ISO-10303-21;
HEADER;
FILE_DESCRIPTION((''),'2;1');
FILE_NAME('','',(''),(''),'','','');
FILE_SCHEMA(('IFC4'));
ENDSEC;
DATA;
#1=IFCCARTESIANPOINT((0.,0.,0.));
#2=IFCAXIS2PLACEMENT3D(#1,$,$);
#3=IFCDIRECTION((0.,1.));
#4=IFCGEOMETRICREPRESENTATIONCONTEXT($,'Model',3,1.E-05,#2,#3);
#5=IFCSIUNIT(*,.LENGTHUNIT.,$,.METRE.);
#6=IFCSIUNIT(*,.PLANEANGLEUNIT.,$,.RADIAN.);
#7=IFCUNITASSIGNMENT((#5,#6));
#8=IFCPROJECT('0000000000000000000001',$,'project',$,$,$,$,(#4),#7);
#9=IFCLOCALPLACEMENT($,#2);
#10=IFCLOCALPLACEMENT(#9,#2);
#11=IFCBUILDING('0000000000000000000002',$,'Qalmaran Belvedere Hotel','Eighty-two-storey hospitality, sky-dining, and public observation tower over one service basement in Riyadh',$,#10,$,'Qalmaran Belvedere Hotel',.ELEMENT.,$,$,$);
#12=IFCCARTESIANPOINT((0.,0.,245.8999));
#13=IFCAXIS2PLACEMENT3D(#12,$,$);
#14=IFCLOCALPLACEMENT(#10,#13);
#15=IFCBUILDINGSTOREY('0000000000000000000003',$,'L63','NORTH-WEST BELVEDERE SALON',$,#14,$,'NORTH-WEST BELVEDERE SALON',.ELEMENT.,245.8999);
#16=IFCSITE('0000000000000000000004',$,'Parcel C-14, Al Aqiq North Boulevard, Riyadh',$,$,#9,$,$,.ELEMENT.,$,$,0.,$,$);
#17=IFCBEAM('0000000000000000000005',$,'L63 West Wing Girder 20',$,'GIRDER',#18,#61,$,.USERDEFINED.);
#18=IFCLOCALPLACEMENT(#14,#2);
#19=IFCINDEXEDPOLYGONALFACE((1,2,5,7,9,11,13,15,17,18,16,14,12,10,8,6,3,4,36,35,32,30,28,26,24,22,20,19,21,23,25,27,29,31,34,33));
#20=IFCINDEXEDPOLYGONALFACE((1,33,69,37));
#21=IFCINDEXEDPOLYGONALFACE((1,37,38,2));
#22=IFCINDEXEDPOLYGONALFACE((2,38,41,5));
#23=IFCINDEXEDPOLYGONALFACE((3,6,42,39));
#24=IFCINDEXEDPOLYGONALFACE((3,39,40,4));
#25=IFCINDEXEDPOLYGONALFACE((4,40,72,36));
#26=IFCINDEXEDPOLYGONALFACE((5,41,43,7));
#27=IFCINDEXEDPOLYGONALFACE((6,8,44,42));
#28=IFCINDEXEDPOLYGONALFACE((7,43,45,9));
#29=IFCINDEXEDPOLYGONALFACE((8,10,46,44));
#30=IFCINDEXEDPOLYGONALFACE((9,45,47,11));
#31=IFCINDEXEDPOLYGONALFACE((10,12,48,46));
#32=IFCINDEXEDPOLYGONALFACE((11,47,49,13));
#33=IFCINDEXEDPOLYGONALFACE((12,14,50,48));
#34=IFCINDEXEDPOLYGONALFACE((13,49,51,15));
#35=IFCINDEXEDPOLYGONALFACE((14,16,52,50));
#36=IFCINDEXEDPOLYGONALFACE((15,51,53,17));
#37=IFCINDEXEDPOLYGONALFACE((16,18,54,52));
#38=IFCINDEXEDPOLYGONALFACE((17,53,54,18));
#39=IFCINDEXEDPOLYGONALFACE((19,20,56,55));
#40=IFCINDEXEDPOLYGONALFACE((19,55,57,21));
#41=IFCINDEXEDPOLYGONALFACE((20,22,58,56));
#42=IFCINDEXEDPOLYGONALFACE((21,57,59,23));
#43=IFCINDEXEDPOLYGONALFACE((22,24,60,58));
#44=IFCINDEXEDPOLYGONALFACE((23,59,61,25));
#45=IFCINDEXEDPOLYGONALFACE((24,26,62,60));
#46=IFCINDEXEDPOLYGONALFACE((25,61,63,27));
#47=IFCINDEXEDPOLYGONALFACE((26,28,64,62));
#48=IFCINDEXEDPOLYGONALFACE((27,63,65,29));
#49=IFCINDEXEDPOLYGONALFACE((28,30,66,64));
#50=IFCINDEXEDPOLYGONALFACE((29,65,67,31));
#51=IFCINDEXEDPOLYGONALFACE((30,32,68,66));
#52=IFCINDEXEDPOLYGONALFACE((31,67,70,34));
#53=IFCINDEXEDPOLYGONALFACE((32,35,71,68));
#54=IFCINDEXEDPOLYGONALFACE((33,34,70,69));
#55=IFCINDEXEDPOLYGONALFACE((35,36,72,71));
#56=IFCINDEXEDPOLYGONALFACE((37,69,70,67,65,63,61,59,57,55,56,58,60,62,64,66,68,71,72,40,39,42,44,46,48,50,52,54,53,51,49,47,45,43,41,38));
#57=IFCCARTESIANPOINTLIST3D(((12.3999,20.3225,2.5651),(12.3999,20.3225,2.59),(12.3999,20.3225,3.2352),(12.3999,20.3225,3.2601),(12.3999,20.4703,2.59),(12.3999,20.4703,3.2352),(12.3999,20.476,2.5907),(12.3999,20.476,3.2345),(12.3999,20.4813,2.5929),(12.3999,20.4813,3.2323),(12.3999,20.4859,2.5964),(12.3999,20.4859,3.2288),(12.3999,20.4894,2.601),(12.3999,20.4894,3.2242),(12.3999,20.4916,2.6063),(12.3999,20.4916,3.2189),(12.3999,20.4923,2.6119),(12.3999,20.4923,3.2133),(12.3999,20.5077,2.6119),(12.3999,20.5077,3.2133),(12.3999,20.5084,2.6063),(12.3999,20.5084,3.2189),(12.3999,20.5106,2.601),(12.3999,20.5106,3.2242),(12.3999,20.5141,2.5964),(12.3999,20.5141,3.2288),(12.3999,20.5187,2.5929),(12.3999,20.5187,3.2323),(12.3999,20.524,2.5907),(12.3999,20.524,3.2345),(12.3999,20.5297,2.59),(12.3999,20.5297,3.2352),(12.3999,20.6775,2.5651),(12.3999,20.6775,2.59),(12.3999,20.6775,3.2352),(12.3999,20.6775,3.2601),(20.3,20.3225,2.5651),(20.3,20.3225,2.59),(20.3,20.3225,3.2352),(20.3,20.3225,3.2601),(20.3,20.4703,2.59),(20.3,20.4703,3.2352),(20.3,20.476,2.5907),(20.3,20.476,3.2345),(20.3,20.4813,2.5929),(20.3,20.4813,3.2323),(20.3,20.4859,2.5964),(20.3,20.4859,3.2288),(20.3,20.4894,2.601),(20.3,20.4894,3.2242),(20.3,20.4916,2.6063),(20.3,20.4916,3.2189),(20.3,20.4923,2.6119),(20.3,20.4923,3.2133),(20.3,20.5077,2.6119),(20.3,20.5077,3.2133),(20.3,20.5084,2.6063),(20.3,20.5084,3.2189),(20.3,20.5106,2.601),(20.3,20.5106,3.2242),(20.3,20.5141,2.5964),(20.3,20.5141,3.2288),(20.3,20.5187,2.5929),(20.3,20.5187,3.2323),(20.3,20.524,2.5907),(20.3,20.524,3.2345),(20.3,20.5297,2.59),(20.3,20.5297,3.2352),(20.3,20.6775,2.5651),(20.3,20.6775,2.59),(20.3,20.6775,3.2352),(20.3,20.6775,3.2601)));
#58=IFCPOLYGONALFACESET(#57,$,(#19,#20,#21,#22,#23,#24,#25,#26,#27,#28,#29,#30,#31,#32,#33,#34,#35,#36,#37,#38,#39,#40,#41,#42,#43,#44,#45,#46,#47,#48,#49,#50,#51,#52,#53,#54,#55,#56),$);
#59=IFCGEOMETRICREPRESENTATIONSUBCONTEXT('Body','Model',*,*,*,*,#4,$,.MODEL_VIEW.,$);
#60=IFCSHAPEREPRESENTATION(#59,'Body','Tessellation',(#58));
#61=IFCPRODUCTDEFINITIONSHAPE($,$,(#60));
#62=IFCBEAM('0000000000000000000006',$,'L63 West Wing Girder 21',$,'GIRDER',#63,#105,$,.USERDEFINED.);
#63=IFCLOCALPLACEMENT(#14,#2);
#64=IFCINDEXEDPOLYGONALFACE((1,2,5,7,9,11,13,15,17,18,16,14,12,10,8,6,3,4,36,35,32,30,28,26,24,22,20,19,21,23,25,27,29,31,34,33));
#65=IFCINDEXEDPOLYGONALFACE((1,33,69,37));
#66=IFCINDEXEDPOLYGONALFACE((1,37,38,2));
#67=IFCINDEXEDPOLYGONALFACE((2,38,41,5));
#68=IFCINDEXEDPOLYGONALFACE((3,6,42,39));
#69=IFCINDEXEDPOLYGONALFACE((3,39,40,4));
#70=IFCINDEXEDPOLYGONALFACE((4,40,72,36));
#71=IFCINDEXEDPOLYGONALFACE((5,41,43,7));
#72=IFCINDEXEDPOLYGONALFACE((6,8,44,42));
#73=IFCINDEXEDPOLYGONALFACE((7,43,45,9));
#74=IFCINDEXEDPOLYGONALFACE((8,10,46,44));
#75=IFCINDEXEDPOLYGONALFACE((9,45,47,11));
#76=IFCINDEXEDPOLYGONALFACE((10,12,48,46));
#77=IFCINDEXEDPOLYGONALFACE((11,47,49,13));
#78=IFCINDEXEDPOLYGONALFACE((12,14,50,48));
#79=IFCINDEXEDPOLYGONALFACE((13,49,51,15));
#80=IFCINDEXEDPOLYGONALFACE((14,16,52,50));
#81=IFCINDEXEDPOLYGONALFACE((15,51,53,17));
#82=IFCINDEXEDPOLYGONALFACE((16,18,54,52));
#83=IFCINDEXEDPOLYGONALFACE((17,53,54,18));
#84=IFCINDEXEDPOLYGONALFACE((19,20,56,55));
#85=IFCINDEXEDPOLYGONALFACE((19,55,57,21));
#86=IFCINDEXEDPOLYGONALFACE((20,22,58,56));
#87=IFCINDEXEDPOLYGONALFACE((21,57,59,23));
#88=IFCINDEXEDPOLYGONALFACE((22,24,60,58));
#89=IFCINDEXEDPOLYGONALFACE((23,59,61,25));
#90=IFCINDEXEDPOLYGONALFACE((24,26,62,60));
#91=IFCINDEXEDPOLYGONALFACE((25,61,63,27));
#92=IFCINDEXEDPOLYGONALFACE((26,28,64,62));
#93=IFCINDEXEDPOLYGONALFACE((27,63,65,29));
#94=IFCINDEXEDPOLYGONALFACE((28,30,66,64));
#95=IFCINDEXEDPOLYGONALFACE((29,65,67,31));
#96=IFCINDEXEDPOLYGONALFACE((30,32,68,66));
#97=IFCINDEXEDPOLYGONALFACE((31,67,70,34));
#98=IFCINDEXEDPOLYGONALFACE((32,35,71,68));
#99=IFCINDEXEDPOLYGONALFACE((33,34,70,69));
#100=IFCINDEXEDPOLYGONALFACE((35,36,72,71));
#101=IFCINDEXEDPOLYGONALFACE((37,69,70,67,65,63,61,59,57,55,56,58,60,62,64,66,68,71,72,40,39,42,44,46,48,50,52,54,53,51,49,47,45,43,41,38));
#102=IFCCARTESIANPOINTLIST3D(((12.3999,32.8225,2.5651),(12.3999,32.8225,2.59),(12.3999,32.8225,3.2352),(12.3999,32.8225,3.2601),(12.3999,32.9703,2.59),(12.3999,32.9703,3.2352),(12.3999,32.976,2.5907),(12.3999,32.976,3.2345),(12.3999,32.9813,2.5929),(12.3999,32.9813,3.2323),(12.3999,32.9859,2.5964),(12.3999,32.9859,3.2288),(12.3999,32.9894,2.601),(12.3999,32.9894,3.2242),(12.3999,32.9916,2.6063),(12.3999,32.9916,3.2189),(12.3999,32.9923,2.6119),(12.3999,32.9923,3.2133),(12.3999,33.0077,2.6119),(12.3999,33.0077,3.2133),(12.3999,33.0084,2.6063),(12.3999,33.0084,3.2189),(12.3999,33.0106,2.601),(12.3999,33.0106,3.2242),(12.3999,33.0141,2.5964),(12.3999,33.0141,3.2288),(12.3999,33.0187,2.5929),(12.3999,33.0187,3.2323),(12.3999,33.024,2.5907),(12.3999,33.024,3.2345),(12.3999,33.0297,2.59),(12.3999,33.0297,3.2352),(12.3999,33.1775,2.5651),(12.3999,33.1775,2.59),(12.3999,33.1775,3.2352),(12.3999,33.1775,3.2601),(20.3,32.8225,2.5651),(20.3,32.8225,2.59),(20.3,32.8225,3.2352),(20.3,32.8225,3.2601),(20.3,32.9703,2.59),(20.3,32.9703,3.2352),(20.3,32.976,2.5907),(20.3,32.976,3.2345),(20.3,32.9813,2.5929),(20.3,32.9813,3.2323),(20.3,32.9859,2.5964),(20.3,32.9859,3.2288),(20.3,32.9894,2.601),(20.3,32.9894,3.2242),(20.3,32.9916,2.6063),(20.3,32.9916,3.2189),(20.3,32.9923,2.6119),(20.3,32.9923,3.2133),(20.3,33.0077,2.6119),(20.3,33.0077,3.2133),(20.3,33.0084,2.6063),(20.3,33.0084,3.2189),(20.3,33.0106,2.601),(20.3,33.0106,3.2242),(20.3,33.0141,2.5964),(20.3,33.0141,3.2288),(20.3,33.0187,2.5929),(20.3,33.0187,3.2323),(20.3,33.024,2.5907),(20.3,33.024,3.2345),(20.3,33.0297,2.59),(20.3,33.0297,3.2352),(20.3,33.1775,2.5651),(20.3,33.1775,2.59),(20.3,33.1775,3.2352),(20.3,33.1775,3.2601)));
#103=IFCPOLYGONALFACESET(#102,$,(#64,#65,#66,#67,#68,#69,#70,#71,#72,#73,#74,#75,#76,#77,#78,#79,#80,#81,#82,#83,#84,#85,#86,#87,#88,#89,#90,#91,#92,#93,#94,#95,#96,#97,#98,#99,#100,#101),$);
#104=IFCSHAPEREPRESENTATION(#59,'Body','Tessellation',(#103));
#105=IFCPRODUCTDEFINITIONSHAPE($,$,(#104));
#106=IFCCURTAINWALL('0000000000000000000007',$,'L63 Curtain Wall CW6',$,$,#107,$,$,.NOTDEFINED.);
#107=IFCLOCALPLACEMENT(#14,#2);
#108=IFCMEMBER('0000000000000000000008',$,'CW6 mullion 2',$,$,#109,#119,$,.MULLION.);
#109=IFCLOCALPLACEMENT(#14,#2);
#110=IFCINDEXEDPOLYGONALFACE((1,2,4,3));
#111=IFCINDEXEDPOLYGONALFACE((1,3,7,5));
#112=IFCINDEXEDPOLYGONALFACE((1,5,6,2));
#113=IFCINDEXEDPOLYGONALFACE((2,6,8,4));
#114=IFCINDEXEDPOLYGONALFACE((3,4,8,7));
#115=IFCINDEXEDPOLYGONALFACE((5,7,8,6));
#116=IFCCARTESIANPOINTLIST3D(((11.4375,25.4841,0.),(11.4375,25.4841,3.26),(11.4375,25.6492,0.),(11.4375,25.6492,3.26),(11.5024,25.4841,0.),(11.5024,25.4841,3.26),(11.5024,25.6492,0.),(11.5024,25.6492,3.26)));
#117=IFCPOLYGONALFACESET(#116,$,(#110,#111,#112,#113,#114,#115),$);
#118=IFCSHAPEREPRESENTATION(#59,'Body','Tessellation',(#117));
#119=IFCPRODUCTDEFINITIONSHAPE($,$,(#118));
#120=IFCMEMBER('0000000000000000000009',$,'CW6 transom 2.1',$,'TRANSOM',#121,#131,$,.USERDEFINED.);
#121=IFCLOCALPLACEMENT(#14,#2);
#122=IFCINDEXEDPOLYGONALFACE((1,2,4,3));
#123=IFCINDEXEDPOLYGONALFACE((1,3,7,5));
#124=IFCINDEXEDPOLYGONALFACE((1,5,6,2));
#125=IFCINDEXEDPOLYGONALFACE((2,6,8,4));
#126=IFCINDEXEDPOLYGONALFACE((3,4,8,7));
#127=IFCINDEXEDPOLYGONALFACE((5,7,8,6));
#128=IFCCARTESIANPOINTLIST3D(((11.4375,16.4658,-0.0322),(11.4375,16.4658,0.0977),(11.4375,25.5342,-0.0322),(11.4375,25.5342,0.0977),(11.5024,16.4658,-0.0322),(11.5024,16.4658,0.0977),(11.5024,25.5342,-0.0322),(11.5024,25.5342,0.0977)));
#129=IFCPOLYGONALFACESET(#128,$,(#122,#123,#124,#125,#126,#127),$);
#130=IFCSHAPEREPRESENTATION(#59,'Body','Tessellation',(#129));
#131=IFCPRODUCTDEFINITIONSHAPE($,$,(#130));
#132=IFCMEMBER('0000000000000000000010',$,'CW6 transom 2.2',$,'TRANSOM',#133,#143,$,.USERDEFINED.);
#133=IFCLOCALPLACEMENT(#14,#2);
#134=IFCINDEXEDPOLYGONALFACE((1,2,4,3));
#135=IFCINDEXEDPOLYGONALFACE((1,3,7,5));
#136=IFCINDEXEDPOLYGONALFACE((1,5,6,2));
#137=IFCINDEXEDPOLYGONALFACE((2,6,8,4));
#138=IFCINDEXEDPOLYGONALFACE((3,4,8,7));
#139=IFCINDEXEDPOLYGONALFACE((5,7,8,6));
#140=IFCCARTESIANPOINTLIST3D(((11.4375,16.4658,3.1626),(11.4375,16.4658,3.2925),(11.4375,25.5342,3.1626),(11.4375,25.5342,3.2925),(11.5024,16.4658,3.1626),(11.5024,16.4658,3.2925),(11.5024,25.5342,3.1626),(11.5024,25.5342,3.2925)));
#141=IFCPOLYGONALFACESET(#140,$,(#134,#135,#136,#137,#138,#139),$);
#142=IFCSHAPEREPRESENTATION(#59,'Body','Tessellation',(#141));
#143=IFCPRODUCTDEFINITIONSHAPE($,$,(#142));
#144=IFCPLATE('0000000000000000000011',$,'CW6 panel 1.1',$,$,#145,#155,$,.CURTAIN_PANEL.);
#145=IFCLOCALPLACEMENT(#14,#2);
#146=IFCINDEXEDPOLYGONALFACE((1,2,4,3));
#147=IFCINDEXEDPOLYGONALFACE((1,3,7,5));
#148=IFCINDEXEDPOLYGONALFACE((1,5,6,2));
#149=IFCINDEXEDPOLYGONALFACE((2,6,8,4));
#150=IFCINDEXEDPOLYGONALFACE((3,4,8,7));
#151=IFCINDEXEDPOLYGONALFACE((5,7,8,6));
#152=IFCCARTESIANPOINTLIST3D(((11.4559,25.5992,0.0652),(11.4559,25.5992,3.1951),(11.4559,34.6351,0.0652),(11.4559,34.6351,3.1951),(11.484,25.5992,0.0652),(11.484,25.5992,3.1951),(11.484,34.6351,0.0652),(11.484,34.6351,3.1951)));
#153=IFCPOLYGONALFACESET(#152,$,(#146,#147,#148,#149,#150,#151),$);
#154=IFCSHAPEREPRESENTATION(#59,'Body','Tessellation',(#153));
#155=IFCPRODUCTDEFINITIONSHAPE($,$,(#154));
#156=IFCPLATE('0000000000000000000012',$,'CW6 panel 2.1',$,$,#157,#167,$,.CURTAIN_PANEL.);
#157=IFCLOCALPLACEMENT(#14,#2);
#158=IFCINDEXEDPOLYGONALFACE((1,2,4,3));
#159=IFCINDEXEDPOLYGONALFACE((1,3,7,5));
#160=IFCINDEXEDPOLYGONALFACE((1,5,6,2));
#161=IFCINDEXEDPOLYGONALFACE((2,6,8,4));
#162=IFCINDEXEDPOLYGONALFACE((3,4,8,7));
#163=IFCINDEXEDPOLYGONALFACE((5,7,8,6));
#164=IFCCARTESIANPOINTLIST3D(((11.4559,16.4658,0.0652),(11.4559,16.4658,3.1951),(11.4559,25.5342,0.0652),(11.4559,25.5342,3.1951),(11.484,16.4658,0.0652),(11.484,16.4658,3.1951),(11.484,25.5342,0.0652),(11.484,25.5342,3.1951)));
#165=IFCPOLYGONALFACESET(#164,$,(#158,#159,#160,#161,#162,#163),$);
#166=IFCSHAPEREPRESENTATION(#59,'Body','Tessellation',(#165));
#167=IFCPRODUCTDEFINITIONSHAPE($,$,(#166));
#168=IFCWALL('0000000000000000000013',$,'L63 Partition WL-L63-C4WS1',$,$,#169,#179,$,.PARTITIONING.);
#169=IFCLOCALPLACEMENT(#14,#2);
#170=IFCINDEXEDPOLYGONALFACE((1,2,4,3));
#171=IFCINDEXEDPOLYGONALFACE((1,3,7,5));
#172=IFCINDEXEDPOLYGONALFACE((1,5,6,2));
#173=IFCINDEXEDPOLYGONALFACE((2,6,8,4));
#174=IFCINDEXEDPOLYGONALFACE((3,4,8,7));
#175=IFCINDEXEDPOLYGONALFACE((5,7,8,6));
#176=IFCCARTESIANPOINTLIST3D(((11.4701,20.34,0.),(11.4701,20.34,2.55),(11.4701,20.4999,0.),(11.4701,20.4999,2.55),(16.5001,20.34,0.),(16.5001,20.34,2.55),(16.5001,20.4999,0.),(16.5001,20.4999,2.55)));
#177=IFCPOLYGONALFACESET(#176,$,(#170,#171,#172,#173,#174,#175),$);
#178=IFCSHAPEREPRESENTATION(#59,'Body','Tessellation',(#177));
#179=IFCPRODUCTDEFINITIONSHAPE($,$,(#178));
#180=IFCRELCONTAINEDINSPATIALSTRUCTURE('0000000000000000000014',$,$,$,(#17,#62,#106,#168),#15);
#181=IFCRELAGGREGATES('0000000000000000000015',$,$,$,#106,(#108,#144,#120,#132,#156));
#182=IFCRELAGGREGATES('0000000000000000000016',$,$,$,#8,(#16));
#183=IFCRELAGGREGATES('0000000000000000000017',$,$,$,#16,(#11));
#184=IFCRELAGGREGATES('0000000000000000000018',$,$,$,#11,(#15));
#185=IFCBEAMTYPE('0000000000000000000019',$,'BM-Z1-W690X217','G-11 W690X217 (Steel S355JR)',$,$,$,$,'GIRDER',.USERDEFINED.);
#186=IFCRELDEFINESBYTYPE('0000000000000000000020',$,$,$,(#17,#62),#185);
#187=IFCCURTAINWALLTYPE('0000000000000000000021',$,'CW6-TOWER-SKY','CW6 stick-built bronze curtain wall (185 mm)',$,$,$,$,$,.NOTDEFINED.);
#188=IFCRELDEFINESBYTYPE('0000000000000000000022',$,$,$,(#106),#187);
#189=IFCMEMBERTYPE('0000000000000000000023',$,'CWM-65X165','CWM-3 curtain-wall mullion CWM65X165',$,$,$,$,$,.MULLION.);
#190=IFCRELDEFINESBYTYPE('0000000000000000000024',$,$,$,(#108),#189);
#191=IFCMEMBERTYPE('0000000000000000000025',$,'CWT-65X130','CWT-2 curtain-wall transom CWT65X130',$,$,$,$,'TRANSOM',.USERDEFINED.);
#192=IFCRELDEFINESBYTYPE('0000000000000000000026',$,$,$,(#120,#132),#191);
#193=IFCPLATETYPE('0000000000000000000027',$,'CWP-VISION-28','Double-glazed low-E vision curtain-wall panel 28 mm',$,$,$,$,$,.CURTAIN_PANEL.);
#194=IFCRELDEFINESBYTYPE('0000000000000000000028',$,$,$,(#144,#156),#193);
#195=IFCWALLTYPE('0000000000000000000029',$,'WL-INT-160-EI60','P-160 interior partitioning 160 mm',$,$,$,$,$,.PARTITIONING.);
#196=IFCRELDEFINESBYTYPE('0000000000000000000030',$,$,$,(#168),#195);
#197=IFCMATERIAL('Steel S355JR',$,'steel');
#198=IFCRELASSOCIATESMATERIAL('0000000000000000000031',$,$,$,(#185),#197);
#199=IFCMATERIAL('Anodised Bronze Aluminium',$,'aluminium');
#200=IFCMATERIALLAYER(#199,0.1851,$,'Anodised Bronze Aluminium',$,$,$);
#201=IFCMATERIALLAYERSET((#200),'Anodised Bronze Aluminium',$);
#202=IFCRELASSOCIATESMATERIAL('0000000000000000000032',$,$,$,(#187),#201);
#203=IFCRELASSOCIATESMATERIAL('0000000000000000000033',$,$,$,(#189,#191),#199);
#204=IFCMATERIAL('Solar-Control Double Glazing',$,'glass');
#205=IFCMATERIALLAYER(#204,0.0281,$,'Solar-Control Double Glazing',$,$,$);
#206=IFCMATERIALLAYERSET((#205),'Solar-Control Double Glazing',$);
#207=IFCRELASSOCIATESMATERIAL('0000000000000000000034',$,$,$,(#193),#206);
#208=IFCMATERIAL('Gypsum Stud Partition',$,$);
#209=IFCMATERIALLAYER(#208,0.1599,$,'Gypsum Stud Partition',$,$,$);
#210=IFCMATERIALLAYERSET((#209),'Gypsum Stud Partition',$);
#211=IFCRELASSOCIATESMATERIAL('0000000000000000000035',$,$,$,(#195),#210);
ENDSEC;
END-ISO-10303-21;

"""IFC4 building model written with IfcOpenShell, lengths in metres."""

from ifc_helpers import new_model, si_unit, direction, frame, frame_2d, origin, origin_2d, place, context, subcontext, project, spatial, rectangle, i_section, extrude, material, layer, layer_set, material_profile, profile_set, type_object, element, aggregate, save


model = new_model("IFC4")

# Units and contexts
model_context = context("Model", 3, precision=1e-05, world=origin(), true_north=direction((0.0, 1.0)))
body_context = subcontext(model_context, "Body", "Model", "MODEL_VIEW")
ifc_project = project(units=[si_unit("LENGTHUNIT", "METRE"), si_unit("PLANEANGLEUNIT", "RADIAN")], contexts=[model_context])

# Site, building, storey
site_placement = place(None, origin())
site = spatial("IfcSite", under=ifc_project, at=site_placement, Name="Parcel C-14, Al Aqiq North Boulevard, Riyadh", CompositionType="ELEMENT", RefElevation=0.0)
building_placement = place(site_placement, origin())
building = spatial("IfcBuilding", under=site, at=building_placement, Name="Qalmaran Belvedere Hotel", Description="Eighty-two-storey hospitality, sky-dining, and public observation tower over one service basement in Riyadh", LongName="Qalmaran Belvedere Hotel", CompositionType="ELEMENT")
storey_placement = place(building_placement, frame((0.0, 0.0, 245.8999)))
storey = spatial("IfcBuildingStorey", under=building, at=storey_placement, Name="L63", Description="NORTH-WEST BELVEDERE SALON", LongName="NORTH-WEST BELVEDERE SALON", CompositionType="ELEMENT", Elevation=245.8999)

# Beams
ifc_material_1 = material(Name="Steel S355JR", Category="steel")
ifc_material_profile_1 = material_profile(ifc_material_1, i_section(OverallWidth=0.355, OverallDepth=0.6951, WebThickness=0.0154, FlangeThickness=0.0249, FilletRadius=0.022, at=origin_2d()), Name="W690X217")
ifc_profile_set_1 = profile_set([ifc_material_profile_1], Name="Steel S355JR")
beam_type_1 = type_object("IfcBeamType", Name="BM-Z1-W690X217", Description="G-11 W690X217 (Steel S355JR)", ElementType="GIRDER", PredefinedType="USERDEFINED", material=ifc_profile_set_1)
for number, where, z_axis, x_axis, name in (
    (1, (12.3999, 20.5, 2.9126), (1.0, 0.0, 0.0), (0.0, 1.0, 0.0), "L63 West Wing Girder 20"),
    (2, (12.3999, 33.0, 2.9126), (1.0, 0.0, 0.0), (0.0, 1.0, 0.0), "L63 West Wing Girder 21"),
):
    element("IfcBeam", number, at=place(storey_placement, frame(where, z_axis=z_axis, x_axis=x_axis)), inside=storey, type_object=beam_type_1, Name=name, ObjectType="GIRDER", PredefinedType="USERDEFINED", context=body_context, shape_type="SweptSolid", body=[
        extrude(i_section(OverallWidth=0.355, OverallDepth=0.6951, WebThickness=0.0154, FlangeThickness=0.0249, FilletRadius=0.022, at=origin_2d()), origin(), (0.0, 0.0, 1.0), 7.9001),
    ])

# Curtain wall, members, plates
ifc_material_2 = material(Name="Anodised Bronze Aluminium", Category="aluminium")
ifc_layer_1 = layer(ifc_material_2, 0.1851, Name="Anodised Bronze Aluminium")
ifc_layer_set_1 = layer_set([ifc_layer_1], Name="Anodised Bronze Aluminium")
curtain_wall_type = type_object("IfcCurtainWallType", Name="CW6-TOWER-SKY", Description="CW6 stick-built bronze curtain wall (185 mm)", PredefinedType="NOTDEFINED", material=ifc_layer_set_1)
curtain_wall_placement = place(storey_placement, origin())
curtain_wall = element("IfcCurtainWall", 3, at=curtain_wall_placement, inside=storey, type_object=curtain_wall_type, Name="L63 Curtain Wall CW6", PredefinedType="NOTDEFINED")
ifc_material_profile_2 = material_profile(ifc_material_2, rectangle(XDim=0.0649, YDim=0.165, at=origin_2d()), Name="CWM65X165")
ifc_profile_set_2 = profile_set([ifc_material_profile_2], Name="Anodised Bronze Aluminium")
member_type_1 = type_object("IfcMemberType", Name="CWM-65X165", Description="CWM-3 curtain-wall mullion CWM65X165", PredefinedType="MULLION", material=ifc_profile_set_2)
member_1_placement = place(storey_placement, frame((11.47, 25.5667, 0.0), z_axis=(0.0, 0.0, 1.0), x_axis=(1.0, 0.0, 0.0)))
member_1 = element("IfcMember", 4, at=member_1_placement, type_object=member_type_1, Name="CW6 mullion 2", PredefinedType="MULLION", context=body_context, shape_type="SweptSolid", body=[
    extrude(rectangle(XDim=0.0649, YDim=0.165, at=origin_2d()), origin(), (0.0, 0.0, 1.0), 3.26),
])
ifc_material_profile_3 = material_profile(ifc_material_2, rectangle(XDim=0.0649, YDim=0.1299, at=origin_2d()), Name="CWT65X130")
ifc_profile_set_3 = profile_set([ifc_material_profile_3], Name="Anodised Bronze Aluminium")
member_type_2 = type_object("IfcMemberType", Name="CWT-65X130", Description="CWT-2 curtain-wall transom CWT65X130", ElementType="TRANSOM", PredefinedType="USERDEFINED", material=ifc_profile_set_3)
member_2_placement = place(storey_placement, frame((11.47, 25.5342, 0.0327), z_axis=(0.0, -1.0, 0.0), x_axis=(1.0, 0.0, 0.0)))
member_2 = element("IfcMember", 5, at=member_2_placement, type_object=member_type_2, Name="CW6 transom 2.1", ObjectType="TRANSOM", PredefinedType="USERDEFINED", context=body_context, shape_type="SweptSolid", body=[
    extrude(rectangle(XDim=0.0649, YDim=0.1299, at=origin_2d()), origin(), (0.0, 0.0, 1.0), 9.0684),
])
member_3_placement = place(storey_placement, frame((11.47, 25.5342, 3.2275), z_axis=(0.0, -1.0, 0.0), x_axis=(1.0, 0.0, 0.0)))
member_3 = element("IfcMember", 6, at=member_3_placement, type_object=member_type_2, Name="CW6 transom 2.2", ObjectType="TRANSOM", PredefinedType="USERDEFINED", context=body_context, shape_type="SweptSolid", body=[
    extrude(rectangle(XDim=0.0649, YDim=0.1299, at=origin_2d()), origin(), (0.0, 0.0, 1.0), 9.0684),
])
ifc_material_3 = material(Name="Solar-Control Double Glazing", Category="glass")
ifc_layer_2 = layer(ifc_material_3, 0.0281, Name="Solar-Control Double Glazing")
ifc_layer_set_2 = layer_set([ifc_layer_2], Name="Solar-Control Double Glazing")
plate_type = type_object("IfcPlateType", Name="CWP-VISION-28", Description="Double-glazed low-E vision curtain-wall panel 28 mm", PredefinedType="CURTAIN_PANEL", material=ifc_layer_set_2)
plate_1_placement = place(storey_placement, frame((11.47, 30.1172, 0.0652), z_axis=(0.0, 0.0, 1.0), x_axis=(0.0, -1.0, 0.0)))
plate_1 = element("IfcPlate", 7, at=plate_1_placement, type_object=plate_type, Name="CW6 panel 1.1", PredefinedType="CURTAIN_PANEL", context=body_context, shape_type="SweptSolid", body=[
    extrude(rectangle(XDim=9.0359, YDim=0.0281, at=origin_2d()), origin(), (0.0, 0.0, 1.0), 3.1299),
])
plate_2_placement = place(storey_placement, frame((11.47, 21.0, 0.0652), z_axis=(0.0, 0.0, 1.0), x_axis=(0.0, -1.0, 0.0)))
plate_2 = element("IfcPlate", 8, at=plate_2_placement, type_object=plate_type, Name="CW6 panel 2.1", PredefinedType="CURTAIN_PANEL", context=body_context, shape_type="SweptSolid", body=[
    extrude(rectangle(XDim=9.0684, YDim=0.0281, at=origin_2d()), origin(), (0.0, 0.0, 1.0), 3.1299),
])
aggregate(curtain_wall, [member_1, plate_1, member_2, member_3, plate_2])

# Wall
ifc_material_4 = material(Name="Gypsum Stud Partition")
ifc_layer_3 = layer(ifc_material_4, 0.1599, Name="Gypsum Stud Partition")
ifc_layer_set_3 = layer_set([ifc_layer_3], Name="Gypsum Stud Partition")
wall_type = type_object("IfcWallType", Name="WL-INT-160-EI60", Description="P-160 interior partitioning 160 mm", PredefinedType="PARTITIONING", material=ifc_layer_set_3)
wall_1_placement = place(storey_placement, frame((11.47, 20.4199, 0.0), z_axis=(0.0, 0.0, 1.0), x_axis=(1.0, 0.0, 0.0)))
element("IfcWall", 9, at=wall_1_placement, inside=storey, type_object=wall_type, Name="L63 Partition WL-L63-C4WS1", PredefinedType="PARTITIONING", context=body_context, shape_type="SweptSolid", body=[
    extrude(rectangle(XDim=5.03, YDim=0.1599, at=frame_2d((2.5151, 0.0))), origin(), (0.0, 0.0, 1.0), 2.55),
])

save(model, "model.ifc")
